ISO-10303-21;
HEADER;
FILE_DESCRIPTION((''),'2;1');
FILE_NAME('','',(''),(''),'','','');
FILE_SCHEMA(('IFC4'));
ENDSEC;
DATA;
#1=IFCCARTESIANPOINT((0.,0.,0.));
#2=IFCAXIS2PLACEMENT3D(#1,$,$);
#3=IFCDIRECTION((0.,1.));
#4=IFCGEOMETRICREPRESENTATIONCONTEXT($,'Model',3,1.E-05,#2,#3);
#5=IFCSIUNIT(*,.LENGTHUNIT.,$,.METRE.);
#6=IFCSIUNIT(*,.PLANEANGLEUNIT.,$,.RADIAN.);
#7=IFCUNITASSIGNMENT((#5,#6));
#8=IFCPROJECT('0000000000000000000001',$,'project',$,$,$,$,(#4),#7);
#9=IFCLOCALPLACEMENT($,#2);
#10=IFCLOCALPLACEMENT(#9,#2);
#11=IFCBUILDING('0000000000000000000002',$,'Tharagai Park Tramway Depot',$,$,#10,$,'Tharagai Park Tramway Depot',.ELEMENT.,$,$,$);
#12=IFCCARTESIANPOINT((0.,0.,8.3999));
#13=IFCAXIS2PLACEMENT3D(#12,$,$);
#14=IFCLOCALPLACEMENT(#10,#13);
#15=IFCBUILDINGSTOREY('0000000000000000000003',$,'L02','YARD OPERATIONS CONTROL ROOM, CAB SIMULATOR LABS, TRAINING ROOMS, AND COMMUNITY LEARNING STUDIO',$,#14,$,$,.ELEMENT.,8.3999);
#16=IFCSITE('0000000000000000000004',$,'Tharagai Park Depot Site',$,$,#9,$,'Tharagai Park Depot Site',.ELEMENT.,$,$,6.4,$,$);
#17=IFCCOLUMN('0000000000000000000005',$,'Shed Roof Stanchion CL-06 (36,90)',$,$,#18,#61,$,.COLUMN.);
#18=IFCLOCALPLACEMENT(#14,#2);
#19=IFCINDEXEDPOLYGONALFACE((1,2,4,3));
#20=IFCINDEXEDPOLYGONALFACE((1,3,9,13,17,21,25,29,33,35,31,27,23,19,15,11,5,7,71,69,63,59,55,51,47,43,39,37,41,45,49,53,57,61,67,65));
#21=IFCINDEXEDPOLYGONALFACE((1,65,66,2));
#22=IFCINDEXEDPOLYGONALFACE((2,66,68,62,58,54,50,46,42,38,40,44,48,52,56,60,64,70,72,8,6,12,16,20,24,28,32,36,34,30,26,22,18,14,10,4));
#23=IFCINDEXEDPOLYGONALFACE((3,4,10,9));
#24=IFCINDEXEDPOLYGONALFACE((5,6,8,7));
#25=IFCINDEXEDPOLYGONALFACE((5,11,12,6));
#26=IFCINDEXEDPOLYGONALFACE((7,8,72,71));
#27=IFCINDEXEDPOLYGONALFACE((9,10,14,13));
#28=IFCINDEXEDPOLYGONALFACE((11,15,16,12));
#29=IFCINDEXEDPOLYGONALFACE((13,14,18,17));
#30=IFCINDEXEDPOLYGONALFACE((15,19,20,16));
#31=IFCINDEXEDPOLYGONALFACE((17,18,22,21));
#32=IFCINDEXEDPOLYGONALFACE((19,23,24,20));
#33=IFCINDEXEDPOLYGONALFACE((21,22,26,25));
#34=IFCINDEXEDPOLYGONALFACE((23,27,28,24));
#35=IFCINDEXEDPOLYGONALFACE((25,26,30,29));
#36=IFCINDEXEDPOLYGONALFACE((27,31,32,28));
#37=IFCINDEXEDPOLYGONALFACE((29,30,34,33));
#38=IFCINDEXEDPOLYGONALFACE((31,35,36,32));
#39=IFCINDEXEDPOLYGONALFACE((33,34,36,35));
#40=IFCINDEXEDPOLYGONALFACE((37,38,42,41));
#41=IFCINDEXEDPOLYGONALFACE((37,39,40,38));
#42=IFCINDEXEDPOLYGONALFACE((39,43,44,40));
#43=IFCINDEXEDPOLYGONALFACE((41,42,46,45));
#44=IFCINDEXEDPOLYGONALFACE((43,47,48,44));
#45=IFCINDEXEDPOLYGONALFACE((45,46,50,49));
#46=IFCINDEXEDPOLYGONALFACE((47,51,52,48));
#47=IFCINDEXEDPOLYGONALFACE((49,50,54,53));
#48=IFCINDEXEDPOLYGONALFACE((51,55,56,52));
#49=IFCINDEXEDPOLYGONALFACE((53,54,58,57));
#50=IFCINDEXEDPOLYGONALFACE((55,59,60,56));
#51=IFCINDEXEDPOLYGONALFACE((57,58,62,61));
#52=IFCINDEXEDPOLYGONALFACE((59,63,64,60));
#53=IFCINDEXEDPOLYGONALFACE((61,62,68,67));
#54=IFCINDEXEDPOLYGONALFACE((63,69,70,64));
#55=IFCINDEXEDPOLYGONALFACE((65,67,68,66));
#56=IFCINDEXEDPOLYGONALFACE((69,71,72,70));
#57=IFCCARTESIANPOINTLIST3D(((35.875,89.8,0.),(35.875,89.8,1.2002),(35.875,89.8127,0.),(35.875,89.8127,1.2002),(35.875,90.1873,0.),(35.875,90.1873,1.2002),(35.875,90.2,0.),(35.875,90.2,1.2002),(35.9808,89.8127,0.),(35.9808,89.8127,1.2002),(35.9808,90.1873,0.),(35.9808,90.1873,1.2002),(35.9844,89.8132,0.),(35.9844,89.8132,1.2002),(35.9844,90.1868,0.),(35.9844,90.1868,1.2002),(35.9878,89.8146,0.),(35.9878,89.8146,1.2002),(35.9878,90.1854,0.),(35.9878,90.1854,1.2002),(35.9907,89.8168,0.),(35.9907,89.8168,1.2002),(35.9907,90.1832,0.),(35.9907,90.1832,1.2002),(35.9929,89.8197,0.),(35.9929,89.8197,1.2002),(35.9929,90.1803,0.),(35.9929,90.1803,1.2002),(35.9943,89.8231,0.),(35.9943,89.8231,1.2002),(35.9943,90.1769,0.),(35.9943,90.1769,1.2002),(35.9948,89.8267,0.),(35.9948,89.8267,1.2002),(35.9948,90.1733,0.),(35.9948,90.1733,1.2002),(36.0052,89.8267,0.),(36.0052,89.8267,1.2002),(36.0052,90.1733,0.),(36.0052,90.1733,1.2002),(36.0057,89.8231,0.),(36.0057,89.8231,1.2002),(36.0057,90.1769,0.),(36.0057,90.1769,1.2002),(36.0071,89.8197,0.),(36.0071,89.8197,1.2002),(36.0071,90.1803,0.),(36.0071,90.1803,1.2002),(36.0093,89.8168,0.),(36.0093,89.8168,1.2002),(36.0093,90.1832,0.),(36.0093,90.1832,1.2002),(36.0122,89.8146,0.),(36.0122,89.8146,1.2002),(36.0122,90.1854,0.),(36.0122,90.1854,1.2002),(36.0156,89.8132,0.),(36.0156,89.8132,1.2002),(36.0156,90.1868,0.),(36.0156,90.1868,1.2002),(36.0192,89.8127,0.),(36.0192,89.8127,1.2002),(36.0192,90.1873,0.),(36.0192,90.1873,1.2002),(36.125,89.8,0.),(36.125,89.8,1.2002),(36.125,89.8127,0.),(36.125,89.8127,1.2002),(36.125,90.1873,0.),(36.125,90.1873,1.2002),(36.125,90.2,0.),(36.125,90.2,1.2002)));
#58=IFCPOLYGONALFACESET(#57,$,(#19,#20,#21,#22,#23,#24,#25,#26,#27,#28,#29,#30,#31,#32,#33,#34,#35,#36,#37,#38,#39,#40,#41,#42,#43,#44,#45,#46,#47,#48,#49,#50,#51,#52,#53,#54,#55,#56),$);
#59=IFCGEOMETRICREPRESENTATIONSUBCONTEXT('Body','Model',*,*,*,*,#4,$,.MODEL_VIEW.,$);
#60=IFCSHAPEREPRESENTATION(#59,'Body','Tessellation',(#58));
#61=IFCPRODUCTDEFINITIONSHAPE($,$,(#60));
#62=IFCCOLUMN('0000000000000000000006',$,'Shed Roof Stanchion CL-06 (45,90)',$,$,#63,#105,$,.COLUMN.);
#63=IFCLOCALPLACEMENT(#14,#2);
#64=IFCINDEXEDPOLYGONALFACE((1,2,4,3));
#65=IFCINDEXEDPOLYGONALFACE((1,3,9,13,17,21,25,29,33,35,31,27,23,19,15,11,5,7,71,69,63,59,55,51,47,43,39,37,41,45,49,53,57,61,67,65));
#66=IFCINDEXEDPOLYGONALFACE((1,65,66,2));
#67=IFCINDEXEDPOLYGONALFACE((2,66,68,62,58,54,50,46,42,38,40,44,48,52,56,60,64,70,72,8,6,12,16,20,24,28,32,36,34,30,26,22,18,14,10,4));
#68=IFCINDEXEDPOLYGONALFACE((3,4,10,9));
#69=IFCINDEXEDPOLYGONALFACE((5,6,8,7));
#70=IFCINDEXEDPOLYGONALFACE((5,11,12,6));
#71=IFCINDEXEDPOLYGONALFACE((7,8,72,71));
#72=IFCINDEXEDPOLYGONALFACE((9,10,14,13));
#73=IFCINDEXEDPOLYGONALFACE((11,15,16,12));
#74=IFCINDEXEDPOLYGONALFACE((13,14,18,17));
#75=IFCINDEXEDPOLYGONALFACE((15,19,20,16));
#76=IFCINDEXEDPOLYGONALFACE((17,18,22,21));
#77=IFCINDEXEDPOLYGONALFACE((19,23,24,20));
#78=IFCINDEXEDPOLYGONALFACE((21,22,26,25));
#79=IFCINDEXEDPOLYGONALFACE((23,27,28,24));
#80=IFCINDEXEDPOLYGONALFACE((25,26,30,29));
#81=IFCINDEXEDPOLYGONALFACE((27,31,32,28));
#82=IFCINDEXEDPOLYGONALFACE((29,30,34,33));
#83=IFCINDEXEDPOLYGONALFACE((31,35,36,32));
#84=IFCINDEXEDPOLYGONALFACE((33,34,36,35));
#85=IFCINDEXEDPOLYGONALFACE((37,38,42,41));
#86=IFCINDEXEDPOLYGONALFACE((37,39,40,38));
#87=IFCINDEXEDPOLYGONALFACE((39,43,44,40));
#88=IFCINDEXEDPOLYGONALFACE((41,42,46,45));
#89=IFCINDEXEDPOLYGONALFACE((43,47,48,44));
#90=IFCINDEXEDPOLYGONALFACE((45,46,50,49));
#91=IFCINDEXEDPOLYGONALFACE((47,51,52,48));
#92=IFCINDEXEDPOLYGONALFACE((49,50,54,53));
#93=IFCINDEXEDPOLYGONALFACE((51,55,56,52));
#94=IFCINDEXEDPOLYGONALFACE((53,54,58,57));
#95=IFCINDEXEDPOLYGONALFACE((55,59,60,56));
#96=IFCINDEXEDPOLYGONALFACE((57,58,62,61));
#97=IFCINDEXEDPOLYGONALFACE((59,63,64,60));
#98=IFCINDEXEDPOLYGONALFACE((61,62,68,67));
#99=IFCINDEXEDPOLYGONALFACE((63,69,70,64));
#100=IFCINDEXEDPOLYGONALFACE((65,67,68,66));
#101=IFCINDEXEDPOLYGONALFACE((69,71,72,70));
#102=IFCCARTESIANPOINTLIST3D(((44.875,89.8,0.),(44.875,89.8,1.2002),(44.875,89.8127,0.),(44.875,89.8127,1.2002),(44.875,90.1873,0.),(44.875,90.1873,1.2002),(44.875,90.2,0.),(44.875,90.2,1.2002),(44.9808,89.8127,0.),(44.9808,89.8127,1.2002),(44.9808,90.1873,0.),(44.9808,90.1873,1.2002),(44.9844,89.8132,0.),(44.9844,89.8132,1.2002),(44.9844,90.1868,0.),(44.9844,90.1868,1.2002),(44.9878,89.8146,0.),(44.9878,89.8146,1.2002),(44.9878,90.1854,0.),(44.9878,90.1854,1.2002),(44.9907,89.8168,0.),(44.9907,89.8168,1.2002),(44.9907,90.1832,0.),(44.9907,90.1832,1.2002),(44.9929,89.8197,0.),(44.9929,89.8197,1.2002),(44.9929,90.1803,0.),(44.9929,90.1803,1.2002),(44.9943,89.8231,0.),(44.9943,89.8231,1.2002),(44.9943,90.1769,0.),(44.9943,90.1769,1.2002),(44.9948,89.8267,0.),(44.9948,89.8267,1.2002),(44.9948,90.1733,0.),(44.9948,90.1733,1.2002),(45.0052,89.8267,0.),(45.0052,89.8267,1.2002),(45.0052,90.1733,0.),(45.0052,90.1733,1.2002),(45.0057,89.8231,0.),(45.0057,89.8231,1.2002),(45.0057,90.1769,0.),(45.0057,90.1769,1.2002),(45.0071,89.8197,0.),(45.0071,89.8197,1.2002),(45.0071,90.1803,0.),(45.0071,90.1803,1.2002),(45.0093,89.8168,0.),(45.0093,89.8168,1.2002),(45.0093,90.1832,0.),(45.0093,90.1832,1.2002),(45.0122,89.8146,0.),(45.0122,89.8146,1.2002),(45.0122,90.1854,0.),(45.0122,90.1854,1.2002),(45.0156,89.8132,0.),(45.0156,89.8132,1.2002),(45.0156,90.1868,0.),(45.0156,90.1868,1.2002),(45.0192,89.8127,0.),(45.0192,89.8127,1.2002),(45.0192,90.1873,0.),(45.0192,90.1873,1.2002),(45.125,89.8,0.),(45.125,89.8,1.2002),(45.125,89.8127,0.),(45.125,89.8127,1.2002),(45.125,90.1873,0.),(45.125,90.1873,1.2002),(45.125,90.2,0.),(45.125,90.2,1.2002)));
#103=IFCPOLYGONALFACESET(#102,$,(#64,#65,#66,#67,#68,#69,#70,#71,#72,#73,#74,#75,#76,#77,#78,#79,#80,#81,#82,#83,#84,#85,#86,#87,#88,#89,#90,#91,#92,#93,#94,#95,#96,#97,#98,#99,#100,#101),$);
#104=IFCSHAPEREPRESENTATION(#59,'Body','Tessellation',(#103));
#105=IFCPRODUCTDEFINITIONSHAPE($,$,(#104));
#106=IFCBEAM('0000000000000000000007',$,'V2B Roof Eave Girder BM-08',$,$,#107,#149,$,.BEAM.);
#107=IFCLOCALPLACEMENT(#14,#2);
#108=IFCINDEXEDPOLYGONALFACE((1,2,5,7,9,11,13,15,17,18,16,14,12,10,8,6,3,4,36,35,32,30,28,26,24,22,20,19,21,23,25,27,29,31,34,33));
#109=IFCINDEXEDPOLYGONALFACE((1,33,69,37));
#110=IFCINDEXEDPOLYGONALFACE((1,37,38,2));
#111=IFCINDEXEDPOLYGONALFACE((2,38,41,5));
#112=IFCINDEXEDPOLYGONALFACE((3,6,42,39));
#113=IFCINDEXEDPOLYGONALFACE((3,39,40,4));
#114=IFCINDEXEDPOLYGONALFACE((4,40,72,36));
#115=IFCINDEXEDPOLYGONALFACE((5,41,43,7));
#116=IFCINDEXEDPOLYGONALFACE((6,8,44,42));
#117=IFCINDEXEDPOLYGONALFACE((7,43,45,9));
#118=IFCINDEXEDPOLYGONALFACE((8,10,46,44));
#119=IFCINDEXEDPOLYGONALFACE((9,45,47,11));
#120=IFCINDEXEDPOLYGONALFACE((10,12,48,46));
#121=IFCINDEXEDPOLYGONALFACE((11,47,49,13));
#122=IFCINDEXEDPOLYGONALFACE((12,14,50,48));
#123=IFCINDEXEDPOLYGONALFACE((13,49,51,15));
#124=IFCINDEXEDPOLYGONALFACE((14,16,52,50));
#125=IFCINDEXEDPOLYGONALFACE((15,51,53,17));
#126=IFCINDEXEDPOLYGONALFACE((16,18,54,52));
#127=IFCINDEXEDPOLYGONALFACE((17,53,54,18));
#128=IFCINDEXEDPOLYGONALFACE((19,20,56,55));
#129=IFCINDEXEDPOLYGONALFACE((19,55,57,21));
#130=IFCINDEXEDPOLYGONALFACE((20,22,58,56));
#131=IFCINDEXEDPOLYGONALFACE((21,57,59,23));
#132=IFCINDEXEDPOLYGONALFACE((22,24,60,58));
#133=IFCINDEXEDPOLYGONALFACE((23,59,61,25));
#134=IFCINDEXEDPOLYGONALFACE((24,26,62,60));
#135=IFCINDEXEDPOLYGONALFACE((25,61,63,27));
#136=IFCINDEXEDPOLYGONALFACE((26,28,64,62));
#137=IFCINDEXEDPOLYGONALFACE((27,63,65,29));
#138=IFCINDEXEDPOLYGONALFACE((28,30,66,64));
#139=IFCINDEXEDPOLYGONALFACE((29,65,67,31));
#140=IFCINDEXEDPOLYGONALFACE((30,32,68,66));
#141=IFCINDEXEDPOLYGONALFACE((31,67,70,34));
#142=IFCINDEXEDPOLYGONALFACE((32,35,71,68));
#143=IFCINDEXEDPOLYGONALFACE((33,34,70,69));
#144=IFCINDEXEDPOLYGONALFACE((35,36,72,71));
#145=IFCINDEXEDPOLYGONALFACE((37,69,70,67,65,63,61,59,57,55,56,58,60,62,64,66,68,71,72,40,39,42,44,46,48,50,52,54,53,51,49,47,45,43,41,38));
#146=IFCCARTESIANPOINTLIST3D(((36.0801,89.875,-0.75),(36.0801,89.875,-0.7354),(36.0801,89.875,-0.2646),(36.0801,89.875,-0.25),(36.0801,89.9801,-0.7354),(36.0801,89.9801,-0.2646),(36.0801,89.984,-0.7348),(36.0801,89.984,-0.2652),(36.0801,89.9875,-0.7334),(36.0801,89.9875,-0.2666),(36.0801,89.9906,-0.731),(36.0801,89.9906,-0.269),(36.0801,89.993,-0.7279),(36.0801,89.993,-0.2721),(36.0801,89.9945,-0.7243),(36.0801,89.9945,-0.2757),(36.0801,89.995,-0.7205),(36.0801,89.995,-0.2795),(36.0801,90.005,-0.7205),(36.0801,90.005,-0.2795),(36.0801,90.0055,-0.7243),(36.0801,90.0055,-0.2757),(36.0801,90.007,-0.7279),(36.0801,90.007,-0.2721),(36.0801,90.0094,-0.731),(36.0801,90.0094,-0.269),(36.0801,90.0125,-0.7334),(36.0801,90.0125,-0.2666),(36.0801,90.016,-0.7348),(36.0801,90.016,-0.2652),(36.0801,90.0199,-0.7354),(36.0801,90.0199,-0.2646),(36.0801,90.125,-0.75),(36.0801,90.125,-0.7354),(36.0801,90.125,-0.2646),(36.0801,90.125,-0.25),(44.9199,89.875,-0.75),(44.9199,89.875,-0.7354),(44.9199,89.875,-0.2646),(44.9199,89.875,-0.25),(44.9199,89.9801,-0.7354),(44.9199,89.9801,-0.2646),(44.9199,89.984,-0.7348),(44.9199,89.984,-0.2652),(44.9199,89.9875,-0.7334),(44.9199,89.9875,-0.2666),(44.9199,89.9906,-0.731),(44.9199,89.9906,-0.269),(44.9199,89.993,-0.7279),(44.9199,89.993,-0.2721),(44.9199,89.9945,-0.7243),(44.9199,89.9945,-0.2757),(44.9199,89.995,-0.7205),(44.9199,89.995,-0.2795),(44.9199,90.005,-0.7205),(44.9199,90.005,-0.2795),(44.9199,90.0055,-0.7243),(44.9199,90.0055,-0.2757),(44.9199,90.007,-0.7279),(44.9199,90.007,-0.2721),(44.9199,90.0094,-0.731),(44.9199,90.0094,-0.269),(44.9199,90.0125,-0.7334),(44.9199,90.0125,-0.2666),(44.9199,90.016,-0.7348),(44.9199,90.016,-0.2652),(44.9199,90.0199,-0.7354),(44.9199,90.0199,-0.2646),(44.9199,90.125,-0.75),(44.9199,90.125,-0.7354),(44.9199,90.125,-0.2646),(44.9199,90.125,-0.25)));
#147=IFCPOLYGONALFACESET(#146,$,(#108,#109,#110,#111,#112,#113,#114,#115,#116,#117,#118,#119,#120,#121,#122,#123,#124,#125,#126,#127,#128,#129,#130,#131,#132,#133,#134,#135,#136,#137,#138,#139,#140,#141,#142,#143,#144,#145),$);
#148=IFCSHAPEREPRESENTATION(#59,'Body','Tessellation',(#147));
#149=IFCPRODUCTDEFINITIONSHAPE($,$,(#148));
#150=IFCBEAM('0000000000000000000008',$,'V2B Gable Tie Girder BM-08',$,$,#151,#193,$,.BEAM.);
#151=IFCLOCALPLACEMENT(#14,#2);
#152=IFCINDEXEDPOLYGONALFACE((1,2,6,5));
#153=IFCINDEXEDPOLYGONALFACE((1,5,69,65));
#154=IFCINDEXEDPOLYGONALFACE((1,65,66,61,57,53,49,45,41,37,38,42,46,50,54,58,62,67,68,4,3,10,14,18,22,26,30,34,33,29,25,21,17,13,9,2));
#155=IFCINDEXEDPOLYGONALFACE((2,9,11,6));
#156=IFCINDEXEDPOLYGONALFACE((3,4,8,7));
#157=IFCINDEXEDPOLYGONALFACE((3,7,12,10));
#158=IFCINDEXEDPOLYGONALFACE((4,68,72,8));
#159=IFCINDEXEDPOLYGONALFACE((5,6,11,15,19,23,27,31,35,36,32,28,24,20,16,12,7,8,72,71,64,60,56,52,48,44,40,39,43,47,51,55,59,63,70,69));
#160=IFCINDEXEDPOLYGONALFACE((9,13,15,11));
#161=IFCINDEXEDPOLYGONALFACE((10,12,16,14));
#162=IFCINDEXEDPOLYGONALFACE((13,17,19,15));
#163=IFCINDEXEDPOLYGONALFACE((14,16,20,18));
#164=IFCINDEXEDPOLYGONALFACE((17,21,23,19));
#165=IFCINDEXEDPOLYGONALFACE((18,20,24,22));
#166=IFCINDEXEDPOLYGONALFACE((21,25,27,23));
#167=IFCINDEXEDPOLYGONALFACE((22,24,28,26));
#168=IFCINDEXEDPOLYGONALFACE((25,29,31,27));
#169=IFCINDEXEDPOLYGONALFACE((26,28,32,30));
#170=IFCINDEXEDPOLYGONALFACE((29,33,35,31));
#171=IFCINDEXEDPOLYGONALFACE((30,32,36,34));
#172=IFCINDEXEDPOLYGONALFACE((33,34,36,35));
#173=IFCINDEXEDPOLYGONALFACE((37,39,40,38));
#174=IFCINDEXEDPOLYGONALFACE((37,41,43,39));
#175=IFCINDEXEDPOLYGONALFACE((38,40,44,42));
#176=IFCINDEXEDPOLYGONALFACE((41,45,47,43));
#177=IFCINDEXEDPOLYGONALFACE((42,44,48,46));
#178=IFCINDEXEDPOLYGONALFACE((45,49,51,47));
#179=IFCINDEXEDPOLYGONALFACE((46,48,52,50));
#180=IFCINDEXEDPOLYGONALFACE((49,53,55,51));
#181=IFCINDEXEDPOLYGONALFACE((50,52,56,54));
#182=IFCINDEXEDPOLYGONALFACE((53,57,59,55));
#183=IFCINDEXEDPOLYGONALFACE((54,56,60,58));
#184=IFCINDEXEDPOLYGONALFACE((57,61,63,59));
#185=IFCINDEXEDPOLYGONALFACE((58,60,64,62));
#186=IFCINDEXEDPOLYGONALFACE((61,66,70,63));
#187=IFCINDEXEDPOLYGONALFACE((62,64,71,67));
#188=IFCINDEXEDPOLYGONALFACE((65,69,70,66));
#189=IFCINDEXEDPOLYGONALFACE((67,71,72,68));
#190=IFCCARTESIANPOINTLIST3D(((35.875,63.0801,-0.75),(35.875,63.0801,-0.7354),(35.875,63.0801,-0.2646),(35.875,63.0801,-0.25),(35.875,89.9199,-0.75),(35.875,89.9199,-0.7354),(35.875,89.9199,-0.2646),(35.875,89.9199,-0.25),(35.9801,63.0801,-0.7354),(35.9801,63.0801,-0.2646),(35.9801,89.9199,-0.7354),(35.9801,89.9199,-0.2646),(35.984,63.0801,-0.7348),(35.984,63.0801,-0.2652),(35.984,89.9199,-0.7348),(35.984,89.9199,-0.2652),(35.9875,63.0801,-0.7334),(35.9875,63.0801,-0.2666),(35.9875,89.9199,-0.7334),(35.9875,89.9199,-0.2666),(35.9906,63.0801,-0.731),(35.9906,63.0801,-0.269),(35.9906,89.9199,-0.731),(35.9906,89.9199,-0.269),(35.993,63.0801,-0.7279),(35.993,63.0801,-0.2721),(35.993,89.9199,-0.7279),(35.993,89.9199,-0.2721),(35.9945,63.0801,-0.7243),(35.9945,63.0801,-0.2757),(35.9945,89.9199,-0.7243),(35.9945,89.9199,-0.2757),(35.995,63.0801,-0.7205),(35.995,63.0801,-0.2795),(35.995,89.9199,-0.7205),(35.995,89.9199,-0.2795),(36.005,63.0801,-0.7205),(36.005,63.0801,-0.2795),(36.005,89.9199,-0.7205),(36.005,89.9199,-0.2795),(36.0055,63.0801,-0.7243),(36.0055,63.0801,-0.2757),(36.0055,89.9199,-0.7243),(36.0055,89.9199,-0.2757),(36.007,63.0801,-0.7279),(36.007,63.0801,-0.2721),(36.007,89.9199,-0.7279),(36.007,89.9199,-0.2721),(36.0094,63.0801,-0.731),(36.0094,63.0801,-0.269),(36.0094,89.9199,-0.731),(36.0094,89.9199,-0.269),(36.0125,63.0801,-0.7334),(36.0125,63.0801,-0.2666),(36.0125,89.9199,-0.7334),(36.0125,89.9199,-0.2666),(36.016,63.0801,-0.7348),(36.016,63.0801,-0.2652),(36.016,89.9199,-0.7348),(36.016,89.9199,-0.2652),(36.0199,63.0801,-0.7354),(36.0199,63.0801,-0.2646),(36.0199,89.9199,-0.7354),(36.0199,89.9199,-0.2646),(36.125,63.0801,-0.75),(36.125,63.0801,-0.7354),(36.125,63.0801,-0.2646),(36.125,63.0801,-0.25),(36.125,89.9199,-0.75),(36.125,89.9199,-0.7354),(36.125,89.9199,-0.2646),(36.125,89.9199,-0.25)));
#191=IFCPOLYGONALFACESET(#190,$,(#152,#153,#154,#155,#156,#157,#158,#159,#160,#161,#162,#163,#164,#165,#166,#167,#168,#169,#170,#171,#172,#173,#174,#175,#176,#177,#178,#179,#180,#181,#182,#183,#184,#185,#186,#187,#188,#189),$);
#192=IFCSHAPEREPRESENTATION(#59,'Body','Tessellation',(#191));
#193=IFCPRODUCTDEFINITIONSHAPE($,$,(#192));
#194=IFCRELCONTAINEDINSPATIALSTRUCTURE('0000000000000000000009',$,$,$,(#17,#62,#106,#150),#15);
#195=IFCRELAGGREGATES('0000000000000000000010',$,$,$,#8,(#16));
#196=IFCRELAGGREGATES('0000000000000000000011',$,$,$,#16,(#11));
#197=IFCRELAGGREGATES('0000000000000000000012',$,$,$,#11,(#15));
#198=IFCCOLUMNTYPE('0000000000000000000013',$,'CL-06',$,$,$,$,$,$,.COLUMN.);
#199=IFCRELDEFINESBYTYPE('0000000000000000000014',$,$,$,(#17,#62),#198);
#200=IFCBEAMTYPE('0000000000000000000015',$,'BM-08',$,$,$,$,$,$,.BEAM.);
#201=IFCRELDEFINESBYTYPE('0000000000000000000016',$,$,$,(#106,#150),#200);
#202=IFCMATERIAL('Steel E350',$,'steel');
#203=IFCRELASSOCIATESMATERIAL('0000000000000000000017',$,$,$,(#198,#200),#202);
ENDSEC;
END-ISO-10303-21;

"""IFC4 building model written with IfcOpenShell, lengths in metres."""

from ifc_helpers import new_model, si_unit, direction, frame, origin, origin_2d, place, context, subcontext, project, spatial, i_section, extrude, material, material_profile, profile_set, type_object, element, save


model = new_model("IFC4")

# Units and contexts
model_context = context("Model", 3, precision=1e-05, world=origin(), true_north=direction((0.0, 1.0)))
body_context = subcontext(model_context, "Body", "Model", "MODEL_VIEW")
ifc_project = project(units=[si_unit("LENGTHUNIT", "METRE"), si_unit("PLANEANGLEUNIT", "RADIAN")], contexts=[model_context])

# Site, building, storey
site_placement = place(None, origin())
site = spatial("IfcSite", under=ifc_project, at=site_placement, Name="Tharagai Park Depot Site", LongName="Tharagai Park Depot Site", CompositionType="ELEMENT", RefElevation=6.4)
building_placement = place(site_placement, origin())
building = spatial("IfcBuilding", under=site, at=building_placement, Name="Tharagai Park Tramway Depot", LongName="Tharagai Park Tramway Depot", CompositionType="ELEMENT")
storey_placement = place(building_placement, frame((0.0, 0.0, 8.3999)))
storey = spatial("IfcBuildingStorey", under=building, at=storey_placement, Name="L02", Description="YARD OPERATIONS CONTROL ROOM, CAB SIMULATOR LABS, TRAINING ROOMS, AND COMMUNITY LEARNING STUDIO", CompositionType="ELEMENT", Elevation=8.3999)

# Columns
ifc_material_1 = material(Name="Steel E350", Category="steel")
ifc_material_profile_1 = material_profile(ifc_material_1, i_section(OverallWidth=0.25, OverallDepth=0.3999, WebThickness=0.0105, FlangeThickness=0.0127, FilletRadius=0.0139, at=origin_2d()), Name="ISHB 400")
ifc_profile_set_1 = profile_set([ifc_material_profile_1], Name="Steel E350")
column_type = type_object("IfcColumnType", Name="CL-06", PredefinedType="COLUMN", material=ifc_profile_set_1)
for number, where, z_axis, x_axis, name in (
    (1, (36.0, 90.0, 0.0), (0.0, 0.0, 1.0), (1.0, 0.0, 0.0), "Shed Roof Stanchion CL-06 (36,90)"),
    (2, (45.0, 90.0, 0.0), (0.0, 0.0, 1.0), (1.0, 0.0, 0.0), "Shed Roof Stanchion CL-06 (45,90)"),
):
    element("IfcColumn", number, at=place(storey_placement, frame(where, z_axis=z_axis, x_axis=x_axis)), inside=storey, type_object=column_type, Name=name, PredefinedType="COLUMN", context=body_context, shape_type="SweptSolid", body=[
        extrude(i_section(OverallWidth=0.25, OverallDepth=0.3999, WebThickness=0.0105, FlangeThickness=0.0127, FilletRadius=0.0139, at=origin_2d()), origin(), (0.0, 0.0, 1.0), 1.2002),
    ])

# Beams
ifc_material_profile_2 = material_profile(ifc_material_1, i_section(OverallWidth=0.25, OverallDepth=0.5, WebThickness=0.01, FlangeThickness=0.0146, FilletRadius=0.0149, at=origin_2d()), Name="ISWB 500")
ifc_profile_set_2 = profile_set([ifc_material_profile_2], Name="Steel E350")
beam_type_1 = type_object("IfcBeamType", Name="BM-08", PredefinedType="BEAM", material=ifc_profile_set_2)
beam_1_placement = place(storey_placement, frame((36.0801, 90.0, -0.5), z_axis=(1.0, 0.0, 0.0), x_axis=(0.0, 1.0, 0.0)))
element("IfcBeam", 3, at=beam_1_placement, inside=storey, type_object=beam_type_1, Name="V2B Roof Eave Girder BM-08", PredefinedType="BEAM", context=body_context, shape_type="SweptSolid", body=[
    extrude(i_section(OverallWidth=0.25, OverallDepth=0.5, WebThickness=0.01, FlangeThickness=0.0146, FilletRadius=0.0149, at=origin_2d()), origin(), (0.0, 0.0, 1.0), 8.8398),
])
for number, where, z_axis, x_axis, name in (
    (4, (36.0, 63.0801, -0.5), (0.0, 1.0, 0.0), (-1.0, 0.0, 0.0), "V2B Gable Tie Girder BM-08"),
):
    element("IfcBeam", number, at=place(storey_placement, frame(where, z_axis=z_axis, x_axis=x_axis)), inside=storey, type_object=beam_type_1, Name=name, PredefinedType="BEAM", context=body_context, shape_type="SweptSolid", body=[
        extrude(i_section(OverallWidth=0.25, OverallDepth=0.5, WebThickness=0.01, FlangeThickness=0.0146, FilletRadius=0.0149, at=origin_2d()), origin(), (0.0, 0.0, 1.0), 26.8398),
    ])

save(model, "model.ifc")
